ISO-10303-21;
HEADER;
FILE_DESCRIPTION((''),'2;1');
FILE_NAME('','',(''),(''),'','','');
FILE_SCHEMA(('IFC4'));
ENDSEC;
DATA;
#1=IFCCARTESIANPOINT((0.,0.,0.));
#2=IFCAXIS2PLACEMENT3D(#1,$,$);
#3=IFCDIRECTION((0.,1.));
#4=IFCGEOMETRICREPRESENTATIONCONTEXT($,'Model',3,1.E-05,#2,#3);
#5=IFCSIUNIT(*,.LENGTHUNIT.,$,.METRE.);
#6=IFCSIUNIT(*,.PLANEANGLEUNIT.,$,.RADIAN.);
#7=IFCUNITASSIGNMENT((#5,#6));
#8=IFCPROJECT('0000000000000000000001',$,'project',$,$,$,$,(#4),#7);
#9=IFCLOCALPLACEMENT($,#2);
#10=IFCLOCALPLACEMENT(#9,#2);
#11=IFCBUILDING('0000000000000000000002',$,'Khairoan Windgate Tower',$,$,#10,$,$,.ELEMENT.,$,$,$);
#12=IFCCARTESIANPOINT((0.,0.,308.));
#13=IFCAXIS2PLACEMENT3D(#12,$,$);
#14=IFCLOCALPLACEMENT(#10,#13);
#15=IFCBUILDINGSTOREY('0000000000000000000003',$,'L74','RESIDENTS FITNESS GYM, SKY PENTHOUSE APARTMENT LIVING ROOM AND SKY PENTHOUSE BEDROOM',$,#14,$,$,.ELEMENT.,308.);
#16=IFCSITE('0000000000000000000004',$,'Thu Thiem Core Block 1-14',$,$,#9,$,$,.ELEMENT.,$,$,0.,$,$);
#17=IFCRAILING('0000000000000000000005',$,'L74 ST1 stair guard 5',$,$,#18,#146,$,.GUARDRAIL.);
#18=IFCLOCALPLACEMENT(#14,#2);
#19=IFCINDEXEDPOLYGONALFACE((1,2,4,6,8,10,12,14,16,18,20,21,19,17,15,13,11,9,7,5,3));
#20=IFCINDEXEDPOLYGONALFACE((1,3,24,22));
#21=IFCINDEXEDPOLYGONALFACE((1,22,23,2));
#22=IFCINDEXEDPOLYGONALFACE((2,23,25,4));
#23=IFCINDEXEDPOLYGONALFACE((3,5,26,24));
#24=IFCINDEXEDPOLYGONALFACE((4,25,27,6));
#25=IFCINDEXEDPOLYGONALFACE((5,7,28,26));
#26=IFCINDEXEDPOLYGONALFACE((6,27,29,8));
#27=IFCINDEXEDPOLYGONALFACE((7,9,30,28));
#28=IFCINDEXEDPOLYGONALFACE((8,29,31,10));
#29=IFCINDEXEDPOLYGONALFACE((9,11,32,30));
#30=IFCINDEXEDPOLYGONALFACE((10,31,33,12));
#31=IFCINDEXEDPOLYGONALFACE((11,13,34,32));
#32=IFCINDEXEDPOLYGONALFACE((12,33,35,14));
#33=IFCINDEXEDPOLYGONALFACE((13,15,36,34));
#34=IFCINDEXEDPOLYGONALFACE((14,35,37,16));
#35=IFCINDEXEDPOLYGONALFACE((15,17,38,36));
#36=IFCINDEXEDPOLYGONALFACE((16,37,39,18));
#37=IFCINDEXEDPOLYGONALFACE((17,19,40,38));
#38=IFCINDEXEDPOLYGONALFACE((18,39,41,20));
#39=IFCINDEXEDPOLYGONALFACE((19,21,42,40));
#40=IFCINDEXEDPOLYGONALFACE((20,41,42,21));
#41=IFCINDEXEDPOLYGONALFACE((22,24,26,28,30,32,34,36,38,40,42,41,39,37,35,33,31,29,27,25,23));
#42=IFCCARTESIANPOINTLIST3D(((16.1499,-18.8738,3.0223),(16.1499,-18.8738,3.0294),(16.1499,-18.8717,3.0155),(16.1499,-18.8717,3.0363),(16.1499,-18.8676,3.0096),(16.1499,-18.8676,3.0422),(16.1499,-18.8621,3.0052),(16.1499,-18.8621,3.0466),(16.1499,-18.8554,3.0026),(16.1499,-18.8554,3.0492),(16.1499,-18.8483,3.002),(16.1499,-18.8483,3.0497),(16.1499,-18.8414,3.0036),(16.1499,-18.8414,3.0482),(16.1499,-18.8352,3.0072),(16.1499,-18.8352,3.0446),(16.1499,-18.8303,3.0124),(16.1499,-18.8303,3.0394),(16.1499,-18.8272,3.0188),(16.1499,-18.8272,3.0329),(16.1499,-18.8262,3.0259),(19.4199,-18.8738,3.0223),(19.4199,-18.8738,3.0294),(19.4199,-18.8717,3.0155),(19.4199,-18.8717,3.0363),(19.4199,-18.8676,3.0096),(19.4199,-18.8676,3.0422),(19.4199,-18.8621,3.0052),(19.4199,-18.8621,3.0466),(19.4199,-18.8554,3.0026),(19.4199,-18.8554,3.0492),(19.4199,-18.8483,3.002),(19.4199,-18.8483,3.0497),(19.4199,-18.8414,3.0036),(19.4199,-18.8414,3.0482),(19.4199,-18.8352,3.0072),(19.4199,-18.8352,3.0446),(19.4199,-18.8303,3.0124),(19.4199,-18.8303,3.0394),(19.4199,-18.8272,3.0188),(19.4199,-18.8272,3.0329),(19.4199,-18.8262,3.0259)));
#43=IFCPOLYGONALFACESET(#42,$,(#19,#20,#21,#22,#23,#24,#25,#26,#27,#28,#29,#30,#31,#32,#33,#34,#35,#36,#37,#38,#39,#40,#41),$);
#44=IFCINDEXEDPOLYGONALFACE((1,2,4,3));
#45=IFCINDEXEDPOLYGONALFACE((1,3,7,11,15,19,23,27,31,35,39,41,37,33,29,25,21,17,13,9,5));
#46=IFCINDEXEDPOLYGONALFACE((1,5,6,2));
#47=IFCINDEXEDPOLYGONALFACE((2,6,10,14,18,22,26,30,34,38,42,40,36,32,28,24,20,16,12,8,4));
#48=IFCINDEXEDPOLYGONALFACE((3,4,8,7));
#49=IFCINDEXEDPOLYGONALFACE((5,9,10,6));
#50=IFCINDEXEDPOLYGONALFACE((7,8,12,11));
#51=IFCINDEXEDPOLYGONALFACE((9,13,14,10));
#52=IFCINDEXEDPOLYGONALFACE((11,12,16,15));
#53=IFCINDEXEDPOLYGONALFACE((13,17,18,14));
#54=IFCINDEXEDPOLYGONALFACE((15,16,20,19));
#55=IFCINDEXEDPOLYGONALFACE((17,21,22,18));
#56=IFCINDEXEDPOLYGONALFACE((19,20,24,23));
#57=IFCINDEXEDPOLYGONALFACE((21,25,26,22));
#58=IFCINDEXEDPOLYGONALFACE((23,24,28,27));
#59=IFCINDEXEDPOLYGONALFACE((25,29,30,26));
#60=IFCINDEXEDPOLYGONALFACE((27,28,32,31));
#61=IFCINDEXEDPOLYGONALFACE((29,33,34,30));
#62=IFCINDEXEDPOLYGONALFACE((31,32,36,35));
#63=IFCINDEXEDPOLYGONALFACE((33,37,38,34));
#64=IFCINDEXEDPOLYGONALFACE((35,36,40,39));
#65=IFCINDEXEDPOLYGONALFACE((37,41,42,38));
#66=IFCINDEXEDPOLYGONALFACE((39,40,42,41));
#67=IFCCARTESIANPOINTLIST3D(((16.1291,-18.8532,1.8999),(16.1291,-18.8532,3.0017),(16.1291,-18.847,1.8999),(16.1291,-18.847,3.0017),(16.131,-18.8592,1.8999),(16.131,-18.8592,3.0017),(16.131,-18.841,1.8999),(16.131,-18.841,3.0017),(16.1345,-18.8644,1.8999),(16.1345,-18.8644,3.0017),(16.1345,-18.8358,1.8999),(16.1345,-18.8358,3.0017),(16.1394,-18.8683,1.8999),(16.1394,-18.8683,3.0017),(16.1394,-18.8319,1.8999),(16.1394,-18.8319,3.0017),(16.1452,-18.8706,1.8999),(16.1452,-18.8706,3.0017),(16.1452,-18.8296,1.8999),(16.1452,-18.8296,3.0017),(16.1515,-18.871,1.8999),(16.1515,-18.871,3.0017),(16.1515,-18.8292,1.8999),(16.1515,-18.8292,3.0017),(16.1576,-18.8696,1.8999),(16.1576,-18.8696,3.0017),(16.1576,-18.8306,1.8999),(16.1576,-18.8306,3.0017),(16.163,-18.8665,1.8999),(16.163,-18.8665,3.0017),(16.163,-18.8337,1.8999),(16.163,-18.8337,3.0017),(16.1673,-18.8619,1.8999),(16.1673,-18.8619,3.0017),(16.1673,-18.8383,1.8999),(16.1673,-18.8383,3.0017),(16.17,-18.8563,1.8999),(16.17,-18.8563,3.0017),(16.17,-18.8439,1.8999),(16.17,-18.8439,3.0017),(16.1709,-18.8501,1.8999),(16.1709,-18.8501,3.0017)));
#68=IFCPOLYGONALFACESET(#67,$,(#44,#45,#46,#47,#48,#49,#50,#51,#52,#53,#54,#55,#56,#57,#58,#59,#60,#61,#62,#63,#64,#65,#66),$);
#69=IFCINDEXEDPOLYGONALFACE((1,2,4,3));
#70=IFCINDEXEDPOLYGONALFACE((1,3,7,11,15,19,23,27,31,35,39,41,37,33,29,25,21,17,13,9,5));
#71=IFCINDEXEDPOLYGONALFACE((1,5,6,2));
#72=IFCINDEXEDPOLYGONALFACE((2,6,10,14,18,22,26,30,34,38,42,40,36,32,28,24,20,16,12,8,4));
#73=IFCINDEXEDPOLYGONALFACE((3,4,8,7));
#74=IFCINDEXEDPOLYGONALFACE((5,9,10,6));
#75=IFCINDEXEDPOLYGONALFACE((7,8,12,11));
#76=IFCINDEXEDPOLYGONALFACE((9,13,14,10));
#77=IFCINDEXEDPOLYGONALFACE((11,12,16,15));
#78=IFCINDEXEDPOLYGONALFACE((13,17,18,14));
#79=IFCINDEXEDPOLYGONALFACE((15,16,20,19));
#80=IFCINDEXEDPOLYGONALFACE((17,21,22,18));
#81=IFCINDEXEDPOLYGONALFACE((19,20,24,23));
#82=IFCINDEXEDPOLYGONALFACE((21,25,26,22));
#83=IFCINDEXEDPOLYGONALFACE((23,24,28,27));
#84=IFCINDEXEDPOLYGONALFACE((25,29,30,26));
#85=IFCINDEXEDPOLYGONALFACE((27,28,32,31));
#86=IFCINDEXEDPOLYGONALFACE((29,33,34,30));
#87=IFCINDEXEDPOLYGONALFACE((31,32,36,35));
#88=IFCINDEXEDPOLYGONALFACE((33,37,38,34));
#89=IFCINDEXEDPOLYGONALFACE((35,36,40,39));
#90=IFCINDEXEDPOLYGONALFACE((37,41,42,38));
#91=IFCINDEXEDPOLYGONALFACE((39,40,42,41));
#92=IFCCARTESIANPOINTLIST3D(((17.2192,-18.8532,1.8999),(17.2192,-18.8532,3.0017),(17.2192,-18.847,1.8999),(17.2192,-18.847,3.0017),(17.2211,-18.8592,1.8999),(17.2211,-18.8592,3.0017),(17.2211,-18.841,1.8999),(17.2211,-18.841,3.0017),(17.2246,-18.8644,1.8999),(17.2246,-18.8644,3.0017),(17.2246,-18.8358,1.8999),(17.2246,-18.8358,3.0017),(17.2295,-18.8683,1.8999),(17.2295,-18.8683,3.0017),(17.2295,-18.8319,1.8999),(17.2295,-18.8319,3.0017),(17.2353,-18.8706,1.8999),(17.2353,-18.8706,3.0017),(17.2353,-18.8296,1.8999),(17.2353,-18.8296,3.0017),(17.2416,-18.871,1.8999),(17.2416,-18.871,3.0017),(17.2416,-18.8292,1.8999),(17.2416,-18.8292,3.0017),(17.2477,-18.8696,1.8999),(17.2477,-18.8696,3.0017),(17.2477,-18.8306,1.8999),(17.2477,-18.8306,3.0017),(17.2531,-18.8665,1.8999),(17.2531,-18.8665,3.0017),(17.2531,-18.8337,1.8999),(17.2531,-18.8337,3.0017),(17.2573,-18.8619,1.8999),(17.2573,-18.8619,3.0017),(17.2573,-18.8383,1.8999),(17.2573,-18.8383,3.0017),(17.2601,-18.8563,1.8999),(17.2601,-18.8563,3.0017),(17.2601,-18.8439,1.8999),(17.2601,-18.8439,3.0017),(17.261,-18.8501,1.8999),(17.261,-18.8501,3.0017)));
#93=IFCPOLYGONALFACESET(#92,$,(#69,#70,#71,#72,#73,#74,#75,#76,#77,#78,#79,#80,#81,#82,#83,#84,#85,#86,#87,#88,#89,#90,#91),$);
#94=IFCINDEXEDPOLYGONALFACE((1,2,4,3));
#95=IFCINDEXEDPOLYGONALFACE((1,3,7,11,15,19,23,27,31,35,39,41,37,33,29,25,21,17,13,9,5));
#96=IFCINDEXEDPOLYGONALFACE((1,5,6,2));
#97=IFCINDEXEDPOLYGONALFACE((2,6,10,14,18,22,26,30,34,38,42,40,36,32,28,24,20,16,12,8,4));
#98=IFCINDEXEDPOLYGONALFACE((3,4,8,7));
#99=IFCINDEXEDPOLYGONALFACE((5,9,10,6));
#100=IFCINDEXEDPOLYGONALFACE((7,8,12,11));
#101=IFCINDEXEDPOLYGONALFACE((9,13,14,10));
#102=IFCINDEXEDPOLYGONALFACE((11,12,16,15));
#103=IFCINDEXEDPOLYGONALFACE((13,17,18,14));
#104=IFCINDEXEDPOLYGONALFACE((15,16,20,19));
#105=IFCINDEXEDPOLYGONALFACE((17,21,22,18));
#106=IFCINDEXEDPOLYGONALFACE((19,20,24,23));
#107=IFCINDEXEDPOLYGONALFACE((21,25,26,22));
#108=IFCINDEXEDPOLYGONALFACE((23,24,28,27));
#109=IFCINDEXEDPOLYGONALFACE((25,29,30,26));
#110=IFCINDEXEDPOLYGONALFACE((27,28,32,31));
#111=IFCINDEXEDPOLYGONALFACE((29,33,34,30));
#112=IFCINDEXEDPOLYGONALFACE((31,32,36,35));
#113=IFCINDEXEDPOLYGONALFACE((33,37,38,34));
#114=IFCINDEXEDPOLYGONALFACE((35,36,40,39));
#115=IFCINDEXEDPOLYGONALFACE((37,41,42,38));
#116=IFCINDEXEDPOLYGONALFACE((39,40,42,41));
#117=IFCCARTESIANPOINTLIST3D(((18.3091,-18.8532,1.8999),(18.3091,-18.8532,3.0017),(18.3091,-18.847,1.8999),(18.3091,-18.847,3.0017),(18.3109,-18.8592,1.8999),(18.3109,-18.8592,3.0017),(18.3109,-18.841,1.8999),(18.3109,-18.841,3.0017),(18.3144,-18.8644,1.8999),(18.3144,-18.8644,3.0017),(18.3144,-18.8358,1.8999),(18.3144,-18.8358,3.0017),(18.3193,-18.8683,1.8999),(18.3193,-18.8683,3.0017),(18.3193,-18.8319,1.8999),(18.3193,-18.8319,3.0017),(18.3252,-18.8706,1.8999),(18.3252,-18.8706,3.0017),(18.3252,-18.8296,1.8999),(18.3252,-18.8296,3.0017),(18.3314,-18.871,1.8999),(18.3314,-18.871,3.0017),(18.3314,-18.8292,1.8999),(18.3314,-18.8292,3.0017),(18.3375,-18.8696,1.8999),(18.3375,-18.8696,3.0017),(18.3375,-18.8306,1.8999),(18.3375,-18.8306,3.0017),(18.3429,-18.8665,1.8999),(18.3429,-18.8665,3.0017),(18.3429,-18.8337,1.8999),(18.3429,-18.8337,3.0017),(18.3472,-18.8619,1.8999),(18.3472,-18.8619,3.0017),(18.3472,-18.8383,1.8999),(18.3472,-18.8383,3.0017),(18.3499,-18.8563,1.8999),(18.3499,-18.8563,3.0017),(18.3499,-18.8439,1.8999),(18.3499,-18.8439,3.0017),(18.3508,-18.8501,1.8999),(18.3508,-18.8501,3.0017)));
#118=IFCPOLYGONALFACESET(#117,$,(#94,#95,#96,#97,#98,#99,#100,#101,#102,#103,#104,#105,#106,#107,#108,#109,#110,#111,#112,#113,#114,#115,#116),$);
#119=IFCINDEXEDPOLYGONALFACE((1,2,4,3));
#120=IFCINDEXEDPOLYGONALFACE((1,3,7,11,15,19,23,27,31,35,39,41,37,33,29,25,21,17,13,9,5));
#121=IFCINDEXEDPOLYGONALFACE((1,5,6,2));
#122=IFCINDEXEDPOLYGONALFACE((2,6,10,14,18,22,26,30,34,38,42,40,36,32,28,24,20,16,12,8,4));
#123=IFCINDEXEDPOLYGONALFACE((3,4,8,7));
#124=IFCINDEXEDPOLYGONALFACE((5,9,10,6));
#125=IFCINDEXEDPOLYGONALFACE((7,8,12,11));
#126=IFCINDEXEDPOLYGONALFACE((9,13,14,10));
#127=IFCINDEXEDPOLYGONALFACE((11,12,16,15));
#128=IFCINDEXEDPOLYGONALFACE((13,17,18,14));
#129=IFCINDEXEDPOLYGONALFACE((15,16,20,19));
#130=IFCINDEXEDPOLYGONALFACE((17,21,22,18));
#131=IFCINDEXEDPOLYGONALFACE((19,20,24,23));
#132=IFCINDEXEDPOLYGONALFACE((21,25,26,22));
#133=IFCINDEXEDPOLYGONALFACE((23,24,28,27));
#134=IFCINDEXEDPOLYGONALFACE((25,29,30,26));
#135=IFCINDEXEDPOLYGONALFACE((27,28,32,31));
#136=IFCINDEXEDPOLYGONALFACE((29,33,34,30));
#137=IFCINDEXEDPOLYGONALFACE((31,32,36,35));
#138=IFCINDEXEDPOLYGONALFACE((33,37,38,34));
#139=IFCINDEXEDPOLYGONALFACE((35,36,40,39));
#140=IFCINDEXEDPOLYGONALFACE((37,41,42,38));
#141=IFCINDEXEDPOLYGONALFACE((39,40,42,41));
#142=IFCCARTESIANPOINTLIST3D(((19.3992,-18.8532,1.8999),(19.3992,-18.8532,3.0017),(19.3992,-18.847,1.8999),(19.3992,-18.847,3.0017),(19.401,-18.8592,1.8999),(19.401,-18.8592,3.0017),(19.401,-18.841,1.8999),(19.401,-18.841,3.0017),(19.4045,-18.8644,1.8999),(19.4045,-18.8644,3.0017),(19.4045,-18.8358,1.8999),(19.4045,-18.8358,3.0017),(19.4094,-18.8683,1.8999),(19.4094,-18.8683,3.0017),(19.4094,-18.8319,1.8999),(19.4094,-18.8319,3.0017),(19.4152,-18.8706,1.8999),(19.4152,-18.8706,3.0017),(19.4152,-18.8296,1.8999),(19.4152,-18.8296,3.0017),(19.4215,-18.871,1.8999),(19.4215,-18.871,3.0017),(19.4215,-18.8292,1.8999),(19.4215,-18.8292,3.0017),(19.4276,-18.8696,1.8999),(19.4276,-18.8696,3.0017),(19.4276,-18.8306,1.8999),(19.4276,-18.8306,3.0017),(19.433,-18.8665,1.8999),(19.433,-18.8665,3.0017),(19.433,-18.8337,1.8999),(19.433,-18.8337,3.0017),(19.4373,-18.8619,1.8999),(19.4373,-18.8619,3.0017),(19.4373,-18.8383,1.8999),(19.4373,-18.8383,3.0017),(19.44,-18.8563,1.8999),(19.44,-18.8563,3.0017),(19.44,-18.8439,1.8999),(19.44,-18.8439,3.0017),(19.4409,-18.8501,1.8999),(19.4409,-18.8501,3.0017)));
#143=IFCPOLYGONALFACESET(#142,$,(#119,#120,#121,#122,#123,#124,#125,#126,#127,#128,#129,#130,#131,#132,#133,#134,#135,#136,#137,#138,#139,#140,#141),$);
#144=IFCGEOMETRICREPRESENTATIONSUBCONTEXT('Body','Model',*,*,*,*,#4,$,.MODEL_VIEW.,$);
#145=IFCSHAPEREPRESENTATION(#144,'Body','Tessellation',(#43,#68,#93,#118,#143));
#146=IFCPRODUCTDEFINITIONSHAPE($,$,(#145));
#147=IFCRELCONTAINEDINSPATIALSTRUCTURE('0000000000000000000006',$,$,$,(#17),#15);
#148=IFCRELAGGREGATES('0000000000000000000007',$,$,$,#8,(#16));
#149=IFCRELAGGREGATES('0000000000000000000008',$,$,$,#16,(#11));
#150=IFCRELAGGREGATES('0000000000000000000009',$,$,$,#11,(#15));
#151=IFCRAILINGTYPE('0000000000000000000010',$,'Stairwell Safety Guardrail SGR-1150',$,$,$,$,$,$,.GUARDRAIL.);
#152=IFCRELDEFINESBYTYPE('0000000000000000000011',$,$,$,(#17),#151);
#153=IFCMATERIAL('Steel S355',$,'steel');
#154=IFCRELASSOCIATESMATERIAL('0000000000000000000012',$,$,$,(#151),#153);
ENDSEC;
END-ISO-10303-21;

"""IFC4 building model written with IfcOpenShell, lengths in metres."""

from ifc_helpers import new_model, si_unit, direction, frame, origin, origin_2d, place, context, subcontext, project, spatial, circle, extrude, material, type_object, element, save


model = new_model("IFC4")

# Units and contexts
model_context = context("Model", 3, precision=1e-05, world=origin(), true_north=direction((0.0, 1.0)))
body_context = subcontext(model_context, "Body", "Model", "MODEL_VIEW")
ifc_project = project(units=[si_unit("LENGTHUNIT", "METRE"), si_unit("PLANEANGLEUNIT", "RADIAN")], contexts=[model_context])

# Site, building, storey
site_placement = place(None, origin())
site = spatial("IfcSite", under=ifc_project, at=site_placement, Name="Thu Thiem Core Block 1-14", CompositionType="ELEMENT", RefElevation=0.0)
building_placement = place(site_placement, origin())
building = spatial("IfcBuilding", under=site, at=building_placement, Name="Khairoan Windgate Tower", CompositionType="ELEMENT")
storey_placement = place(building_placement, frame((0.0, 0.0, 308.0)))
storey = spatial("IfcBuildingStorey", under=building, at=storey_placement, Name="L74", Description="RESIDENTS FITNESS GYM, SKY PENTHOUSE APARTMENT LIVING ROOM AND SKY PENTHOUSE BEDROOM", CompositionType="ELEMENT", Elevation=308.0)

# Railing
ifc_material_1 = material(Name="Steel S355", Category="steel")
railing_type = type_object("IfcRailingType", Name="Stairwell Safety Guardrail SGR-1150", PredefinedType="GUARDRAIL", material=ifc_material_1)
railing_1_placement = place(storey_placement, frame((16.1499, -18.8501, 1.8999)))
element("IfcRailing", 1, at=railing_1_placement, inside=storey, type_object=railing_type, Name="L74 ST1 stair guard 5", PredefinedType="GUARDRAIL", context=body_context, shape_type="SweptSolid", body=[
    extrude(circle(Radius=0.0239, at=origin_2d()), frame((0.0, 0.0, 1.126), z_axis=(1.0, 0.0, 0.0), x_axis=(0.0, 1.0, 0.0)), (0.0, 0.0, 1.0), 3.27),
    extrude(circle(Radius=0.021, at=origin_2d()), origin(), (0.0, 0.0, 1.0), 1.1018),
    extrude(circle(Radius=0.021, at=origin_2d()), frame((1.0901, 0.0, 0.0)), (0.0, 0.0, 1.0), 1.1018),
    extrude(circle(Radius=0.021, at=origin_2d()), frame((2.1799, 0.0, 0.0)), (0.0, 0.0, 1.0), 1.1018),
    extrude(circle(Radius=0.021, at=origin_2d()), frame((3.27, 0.0, 0.0)), (0.0, 0.0, 1.0), 1.1018),
])

save(model, "model.ifc")
